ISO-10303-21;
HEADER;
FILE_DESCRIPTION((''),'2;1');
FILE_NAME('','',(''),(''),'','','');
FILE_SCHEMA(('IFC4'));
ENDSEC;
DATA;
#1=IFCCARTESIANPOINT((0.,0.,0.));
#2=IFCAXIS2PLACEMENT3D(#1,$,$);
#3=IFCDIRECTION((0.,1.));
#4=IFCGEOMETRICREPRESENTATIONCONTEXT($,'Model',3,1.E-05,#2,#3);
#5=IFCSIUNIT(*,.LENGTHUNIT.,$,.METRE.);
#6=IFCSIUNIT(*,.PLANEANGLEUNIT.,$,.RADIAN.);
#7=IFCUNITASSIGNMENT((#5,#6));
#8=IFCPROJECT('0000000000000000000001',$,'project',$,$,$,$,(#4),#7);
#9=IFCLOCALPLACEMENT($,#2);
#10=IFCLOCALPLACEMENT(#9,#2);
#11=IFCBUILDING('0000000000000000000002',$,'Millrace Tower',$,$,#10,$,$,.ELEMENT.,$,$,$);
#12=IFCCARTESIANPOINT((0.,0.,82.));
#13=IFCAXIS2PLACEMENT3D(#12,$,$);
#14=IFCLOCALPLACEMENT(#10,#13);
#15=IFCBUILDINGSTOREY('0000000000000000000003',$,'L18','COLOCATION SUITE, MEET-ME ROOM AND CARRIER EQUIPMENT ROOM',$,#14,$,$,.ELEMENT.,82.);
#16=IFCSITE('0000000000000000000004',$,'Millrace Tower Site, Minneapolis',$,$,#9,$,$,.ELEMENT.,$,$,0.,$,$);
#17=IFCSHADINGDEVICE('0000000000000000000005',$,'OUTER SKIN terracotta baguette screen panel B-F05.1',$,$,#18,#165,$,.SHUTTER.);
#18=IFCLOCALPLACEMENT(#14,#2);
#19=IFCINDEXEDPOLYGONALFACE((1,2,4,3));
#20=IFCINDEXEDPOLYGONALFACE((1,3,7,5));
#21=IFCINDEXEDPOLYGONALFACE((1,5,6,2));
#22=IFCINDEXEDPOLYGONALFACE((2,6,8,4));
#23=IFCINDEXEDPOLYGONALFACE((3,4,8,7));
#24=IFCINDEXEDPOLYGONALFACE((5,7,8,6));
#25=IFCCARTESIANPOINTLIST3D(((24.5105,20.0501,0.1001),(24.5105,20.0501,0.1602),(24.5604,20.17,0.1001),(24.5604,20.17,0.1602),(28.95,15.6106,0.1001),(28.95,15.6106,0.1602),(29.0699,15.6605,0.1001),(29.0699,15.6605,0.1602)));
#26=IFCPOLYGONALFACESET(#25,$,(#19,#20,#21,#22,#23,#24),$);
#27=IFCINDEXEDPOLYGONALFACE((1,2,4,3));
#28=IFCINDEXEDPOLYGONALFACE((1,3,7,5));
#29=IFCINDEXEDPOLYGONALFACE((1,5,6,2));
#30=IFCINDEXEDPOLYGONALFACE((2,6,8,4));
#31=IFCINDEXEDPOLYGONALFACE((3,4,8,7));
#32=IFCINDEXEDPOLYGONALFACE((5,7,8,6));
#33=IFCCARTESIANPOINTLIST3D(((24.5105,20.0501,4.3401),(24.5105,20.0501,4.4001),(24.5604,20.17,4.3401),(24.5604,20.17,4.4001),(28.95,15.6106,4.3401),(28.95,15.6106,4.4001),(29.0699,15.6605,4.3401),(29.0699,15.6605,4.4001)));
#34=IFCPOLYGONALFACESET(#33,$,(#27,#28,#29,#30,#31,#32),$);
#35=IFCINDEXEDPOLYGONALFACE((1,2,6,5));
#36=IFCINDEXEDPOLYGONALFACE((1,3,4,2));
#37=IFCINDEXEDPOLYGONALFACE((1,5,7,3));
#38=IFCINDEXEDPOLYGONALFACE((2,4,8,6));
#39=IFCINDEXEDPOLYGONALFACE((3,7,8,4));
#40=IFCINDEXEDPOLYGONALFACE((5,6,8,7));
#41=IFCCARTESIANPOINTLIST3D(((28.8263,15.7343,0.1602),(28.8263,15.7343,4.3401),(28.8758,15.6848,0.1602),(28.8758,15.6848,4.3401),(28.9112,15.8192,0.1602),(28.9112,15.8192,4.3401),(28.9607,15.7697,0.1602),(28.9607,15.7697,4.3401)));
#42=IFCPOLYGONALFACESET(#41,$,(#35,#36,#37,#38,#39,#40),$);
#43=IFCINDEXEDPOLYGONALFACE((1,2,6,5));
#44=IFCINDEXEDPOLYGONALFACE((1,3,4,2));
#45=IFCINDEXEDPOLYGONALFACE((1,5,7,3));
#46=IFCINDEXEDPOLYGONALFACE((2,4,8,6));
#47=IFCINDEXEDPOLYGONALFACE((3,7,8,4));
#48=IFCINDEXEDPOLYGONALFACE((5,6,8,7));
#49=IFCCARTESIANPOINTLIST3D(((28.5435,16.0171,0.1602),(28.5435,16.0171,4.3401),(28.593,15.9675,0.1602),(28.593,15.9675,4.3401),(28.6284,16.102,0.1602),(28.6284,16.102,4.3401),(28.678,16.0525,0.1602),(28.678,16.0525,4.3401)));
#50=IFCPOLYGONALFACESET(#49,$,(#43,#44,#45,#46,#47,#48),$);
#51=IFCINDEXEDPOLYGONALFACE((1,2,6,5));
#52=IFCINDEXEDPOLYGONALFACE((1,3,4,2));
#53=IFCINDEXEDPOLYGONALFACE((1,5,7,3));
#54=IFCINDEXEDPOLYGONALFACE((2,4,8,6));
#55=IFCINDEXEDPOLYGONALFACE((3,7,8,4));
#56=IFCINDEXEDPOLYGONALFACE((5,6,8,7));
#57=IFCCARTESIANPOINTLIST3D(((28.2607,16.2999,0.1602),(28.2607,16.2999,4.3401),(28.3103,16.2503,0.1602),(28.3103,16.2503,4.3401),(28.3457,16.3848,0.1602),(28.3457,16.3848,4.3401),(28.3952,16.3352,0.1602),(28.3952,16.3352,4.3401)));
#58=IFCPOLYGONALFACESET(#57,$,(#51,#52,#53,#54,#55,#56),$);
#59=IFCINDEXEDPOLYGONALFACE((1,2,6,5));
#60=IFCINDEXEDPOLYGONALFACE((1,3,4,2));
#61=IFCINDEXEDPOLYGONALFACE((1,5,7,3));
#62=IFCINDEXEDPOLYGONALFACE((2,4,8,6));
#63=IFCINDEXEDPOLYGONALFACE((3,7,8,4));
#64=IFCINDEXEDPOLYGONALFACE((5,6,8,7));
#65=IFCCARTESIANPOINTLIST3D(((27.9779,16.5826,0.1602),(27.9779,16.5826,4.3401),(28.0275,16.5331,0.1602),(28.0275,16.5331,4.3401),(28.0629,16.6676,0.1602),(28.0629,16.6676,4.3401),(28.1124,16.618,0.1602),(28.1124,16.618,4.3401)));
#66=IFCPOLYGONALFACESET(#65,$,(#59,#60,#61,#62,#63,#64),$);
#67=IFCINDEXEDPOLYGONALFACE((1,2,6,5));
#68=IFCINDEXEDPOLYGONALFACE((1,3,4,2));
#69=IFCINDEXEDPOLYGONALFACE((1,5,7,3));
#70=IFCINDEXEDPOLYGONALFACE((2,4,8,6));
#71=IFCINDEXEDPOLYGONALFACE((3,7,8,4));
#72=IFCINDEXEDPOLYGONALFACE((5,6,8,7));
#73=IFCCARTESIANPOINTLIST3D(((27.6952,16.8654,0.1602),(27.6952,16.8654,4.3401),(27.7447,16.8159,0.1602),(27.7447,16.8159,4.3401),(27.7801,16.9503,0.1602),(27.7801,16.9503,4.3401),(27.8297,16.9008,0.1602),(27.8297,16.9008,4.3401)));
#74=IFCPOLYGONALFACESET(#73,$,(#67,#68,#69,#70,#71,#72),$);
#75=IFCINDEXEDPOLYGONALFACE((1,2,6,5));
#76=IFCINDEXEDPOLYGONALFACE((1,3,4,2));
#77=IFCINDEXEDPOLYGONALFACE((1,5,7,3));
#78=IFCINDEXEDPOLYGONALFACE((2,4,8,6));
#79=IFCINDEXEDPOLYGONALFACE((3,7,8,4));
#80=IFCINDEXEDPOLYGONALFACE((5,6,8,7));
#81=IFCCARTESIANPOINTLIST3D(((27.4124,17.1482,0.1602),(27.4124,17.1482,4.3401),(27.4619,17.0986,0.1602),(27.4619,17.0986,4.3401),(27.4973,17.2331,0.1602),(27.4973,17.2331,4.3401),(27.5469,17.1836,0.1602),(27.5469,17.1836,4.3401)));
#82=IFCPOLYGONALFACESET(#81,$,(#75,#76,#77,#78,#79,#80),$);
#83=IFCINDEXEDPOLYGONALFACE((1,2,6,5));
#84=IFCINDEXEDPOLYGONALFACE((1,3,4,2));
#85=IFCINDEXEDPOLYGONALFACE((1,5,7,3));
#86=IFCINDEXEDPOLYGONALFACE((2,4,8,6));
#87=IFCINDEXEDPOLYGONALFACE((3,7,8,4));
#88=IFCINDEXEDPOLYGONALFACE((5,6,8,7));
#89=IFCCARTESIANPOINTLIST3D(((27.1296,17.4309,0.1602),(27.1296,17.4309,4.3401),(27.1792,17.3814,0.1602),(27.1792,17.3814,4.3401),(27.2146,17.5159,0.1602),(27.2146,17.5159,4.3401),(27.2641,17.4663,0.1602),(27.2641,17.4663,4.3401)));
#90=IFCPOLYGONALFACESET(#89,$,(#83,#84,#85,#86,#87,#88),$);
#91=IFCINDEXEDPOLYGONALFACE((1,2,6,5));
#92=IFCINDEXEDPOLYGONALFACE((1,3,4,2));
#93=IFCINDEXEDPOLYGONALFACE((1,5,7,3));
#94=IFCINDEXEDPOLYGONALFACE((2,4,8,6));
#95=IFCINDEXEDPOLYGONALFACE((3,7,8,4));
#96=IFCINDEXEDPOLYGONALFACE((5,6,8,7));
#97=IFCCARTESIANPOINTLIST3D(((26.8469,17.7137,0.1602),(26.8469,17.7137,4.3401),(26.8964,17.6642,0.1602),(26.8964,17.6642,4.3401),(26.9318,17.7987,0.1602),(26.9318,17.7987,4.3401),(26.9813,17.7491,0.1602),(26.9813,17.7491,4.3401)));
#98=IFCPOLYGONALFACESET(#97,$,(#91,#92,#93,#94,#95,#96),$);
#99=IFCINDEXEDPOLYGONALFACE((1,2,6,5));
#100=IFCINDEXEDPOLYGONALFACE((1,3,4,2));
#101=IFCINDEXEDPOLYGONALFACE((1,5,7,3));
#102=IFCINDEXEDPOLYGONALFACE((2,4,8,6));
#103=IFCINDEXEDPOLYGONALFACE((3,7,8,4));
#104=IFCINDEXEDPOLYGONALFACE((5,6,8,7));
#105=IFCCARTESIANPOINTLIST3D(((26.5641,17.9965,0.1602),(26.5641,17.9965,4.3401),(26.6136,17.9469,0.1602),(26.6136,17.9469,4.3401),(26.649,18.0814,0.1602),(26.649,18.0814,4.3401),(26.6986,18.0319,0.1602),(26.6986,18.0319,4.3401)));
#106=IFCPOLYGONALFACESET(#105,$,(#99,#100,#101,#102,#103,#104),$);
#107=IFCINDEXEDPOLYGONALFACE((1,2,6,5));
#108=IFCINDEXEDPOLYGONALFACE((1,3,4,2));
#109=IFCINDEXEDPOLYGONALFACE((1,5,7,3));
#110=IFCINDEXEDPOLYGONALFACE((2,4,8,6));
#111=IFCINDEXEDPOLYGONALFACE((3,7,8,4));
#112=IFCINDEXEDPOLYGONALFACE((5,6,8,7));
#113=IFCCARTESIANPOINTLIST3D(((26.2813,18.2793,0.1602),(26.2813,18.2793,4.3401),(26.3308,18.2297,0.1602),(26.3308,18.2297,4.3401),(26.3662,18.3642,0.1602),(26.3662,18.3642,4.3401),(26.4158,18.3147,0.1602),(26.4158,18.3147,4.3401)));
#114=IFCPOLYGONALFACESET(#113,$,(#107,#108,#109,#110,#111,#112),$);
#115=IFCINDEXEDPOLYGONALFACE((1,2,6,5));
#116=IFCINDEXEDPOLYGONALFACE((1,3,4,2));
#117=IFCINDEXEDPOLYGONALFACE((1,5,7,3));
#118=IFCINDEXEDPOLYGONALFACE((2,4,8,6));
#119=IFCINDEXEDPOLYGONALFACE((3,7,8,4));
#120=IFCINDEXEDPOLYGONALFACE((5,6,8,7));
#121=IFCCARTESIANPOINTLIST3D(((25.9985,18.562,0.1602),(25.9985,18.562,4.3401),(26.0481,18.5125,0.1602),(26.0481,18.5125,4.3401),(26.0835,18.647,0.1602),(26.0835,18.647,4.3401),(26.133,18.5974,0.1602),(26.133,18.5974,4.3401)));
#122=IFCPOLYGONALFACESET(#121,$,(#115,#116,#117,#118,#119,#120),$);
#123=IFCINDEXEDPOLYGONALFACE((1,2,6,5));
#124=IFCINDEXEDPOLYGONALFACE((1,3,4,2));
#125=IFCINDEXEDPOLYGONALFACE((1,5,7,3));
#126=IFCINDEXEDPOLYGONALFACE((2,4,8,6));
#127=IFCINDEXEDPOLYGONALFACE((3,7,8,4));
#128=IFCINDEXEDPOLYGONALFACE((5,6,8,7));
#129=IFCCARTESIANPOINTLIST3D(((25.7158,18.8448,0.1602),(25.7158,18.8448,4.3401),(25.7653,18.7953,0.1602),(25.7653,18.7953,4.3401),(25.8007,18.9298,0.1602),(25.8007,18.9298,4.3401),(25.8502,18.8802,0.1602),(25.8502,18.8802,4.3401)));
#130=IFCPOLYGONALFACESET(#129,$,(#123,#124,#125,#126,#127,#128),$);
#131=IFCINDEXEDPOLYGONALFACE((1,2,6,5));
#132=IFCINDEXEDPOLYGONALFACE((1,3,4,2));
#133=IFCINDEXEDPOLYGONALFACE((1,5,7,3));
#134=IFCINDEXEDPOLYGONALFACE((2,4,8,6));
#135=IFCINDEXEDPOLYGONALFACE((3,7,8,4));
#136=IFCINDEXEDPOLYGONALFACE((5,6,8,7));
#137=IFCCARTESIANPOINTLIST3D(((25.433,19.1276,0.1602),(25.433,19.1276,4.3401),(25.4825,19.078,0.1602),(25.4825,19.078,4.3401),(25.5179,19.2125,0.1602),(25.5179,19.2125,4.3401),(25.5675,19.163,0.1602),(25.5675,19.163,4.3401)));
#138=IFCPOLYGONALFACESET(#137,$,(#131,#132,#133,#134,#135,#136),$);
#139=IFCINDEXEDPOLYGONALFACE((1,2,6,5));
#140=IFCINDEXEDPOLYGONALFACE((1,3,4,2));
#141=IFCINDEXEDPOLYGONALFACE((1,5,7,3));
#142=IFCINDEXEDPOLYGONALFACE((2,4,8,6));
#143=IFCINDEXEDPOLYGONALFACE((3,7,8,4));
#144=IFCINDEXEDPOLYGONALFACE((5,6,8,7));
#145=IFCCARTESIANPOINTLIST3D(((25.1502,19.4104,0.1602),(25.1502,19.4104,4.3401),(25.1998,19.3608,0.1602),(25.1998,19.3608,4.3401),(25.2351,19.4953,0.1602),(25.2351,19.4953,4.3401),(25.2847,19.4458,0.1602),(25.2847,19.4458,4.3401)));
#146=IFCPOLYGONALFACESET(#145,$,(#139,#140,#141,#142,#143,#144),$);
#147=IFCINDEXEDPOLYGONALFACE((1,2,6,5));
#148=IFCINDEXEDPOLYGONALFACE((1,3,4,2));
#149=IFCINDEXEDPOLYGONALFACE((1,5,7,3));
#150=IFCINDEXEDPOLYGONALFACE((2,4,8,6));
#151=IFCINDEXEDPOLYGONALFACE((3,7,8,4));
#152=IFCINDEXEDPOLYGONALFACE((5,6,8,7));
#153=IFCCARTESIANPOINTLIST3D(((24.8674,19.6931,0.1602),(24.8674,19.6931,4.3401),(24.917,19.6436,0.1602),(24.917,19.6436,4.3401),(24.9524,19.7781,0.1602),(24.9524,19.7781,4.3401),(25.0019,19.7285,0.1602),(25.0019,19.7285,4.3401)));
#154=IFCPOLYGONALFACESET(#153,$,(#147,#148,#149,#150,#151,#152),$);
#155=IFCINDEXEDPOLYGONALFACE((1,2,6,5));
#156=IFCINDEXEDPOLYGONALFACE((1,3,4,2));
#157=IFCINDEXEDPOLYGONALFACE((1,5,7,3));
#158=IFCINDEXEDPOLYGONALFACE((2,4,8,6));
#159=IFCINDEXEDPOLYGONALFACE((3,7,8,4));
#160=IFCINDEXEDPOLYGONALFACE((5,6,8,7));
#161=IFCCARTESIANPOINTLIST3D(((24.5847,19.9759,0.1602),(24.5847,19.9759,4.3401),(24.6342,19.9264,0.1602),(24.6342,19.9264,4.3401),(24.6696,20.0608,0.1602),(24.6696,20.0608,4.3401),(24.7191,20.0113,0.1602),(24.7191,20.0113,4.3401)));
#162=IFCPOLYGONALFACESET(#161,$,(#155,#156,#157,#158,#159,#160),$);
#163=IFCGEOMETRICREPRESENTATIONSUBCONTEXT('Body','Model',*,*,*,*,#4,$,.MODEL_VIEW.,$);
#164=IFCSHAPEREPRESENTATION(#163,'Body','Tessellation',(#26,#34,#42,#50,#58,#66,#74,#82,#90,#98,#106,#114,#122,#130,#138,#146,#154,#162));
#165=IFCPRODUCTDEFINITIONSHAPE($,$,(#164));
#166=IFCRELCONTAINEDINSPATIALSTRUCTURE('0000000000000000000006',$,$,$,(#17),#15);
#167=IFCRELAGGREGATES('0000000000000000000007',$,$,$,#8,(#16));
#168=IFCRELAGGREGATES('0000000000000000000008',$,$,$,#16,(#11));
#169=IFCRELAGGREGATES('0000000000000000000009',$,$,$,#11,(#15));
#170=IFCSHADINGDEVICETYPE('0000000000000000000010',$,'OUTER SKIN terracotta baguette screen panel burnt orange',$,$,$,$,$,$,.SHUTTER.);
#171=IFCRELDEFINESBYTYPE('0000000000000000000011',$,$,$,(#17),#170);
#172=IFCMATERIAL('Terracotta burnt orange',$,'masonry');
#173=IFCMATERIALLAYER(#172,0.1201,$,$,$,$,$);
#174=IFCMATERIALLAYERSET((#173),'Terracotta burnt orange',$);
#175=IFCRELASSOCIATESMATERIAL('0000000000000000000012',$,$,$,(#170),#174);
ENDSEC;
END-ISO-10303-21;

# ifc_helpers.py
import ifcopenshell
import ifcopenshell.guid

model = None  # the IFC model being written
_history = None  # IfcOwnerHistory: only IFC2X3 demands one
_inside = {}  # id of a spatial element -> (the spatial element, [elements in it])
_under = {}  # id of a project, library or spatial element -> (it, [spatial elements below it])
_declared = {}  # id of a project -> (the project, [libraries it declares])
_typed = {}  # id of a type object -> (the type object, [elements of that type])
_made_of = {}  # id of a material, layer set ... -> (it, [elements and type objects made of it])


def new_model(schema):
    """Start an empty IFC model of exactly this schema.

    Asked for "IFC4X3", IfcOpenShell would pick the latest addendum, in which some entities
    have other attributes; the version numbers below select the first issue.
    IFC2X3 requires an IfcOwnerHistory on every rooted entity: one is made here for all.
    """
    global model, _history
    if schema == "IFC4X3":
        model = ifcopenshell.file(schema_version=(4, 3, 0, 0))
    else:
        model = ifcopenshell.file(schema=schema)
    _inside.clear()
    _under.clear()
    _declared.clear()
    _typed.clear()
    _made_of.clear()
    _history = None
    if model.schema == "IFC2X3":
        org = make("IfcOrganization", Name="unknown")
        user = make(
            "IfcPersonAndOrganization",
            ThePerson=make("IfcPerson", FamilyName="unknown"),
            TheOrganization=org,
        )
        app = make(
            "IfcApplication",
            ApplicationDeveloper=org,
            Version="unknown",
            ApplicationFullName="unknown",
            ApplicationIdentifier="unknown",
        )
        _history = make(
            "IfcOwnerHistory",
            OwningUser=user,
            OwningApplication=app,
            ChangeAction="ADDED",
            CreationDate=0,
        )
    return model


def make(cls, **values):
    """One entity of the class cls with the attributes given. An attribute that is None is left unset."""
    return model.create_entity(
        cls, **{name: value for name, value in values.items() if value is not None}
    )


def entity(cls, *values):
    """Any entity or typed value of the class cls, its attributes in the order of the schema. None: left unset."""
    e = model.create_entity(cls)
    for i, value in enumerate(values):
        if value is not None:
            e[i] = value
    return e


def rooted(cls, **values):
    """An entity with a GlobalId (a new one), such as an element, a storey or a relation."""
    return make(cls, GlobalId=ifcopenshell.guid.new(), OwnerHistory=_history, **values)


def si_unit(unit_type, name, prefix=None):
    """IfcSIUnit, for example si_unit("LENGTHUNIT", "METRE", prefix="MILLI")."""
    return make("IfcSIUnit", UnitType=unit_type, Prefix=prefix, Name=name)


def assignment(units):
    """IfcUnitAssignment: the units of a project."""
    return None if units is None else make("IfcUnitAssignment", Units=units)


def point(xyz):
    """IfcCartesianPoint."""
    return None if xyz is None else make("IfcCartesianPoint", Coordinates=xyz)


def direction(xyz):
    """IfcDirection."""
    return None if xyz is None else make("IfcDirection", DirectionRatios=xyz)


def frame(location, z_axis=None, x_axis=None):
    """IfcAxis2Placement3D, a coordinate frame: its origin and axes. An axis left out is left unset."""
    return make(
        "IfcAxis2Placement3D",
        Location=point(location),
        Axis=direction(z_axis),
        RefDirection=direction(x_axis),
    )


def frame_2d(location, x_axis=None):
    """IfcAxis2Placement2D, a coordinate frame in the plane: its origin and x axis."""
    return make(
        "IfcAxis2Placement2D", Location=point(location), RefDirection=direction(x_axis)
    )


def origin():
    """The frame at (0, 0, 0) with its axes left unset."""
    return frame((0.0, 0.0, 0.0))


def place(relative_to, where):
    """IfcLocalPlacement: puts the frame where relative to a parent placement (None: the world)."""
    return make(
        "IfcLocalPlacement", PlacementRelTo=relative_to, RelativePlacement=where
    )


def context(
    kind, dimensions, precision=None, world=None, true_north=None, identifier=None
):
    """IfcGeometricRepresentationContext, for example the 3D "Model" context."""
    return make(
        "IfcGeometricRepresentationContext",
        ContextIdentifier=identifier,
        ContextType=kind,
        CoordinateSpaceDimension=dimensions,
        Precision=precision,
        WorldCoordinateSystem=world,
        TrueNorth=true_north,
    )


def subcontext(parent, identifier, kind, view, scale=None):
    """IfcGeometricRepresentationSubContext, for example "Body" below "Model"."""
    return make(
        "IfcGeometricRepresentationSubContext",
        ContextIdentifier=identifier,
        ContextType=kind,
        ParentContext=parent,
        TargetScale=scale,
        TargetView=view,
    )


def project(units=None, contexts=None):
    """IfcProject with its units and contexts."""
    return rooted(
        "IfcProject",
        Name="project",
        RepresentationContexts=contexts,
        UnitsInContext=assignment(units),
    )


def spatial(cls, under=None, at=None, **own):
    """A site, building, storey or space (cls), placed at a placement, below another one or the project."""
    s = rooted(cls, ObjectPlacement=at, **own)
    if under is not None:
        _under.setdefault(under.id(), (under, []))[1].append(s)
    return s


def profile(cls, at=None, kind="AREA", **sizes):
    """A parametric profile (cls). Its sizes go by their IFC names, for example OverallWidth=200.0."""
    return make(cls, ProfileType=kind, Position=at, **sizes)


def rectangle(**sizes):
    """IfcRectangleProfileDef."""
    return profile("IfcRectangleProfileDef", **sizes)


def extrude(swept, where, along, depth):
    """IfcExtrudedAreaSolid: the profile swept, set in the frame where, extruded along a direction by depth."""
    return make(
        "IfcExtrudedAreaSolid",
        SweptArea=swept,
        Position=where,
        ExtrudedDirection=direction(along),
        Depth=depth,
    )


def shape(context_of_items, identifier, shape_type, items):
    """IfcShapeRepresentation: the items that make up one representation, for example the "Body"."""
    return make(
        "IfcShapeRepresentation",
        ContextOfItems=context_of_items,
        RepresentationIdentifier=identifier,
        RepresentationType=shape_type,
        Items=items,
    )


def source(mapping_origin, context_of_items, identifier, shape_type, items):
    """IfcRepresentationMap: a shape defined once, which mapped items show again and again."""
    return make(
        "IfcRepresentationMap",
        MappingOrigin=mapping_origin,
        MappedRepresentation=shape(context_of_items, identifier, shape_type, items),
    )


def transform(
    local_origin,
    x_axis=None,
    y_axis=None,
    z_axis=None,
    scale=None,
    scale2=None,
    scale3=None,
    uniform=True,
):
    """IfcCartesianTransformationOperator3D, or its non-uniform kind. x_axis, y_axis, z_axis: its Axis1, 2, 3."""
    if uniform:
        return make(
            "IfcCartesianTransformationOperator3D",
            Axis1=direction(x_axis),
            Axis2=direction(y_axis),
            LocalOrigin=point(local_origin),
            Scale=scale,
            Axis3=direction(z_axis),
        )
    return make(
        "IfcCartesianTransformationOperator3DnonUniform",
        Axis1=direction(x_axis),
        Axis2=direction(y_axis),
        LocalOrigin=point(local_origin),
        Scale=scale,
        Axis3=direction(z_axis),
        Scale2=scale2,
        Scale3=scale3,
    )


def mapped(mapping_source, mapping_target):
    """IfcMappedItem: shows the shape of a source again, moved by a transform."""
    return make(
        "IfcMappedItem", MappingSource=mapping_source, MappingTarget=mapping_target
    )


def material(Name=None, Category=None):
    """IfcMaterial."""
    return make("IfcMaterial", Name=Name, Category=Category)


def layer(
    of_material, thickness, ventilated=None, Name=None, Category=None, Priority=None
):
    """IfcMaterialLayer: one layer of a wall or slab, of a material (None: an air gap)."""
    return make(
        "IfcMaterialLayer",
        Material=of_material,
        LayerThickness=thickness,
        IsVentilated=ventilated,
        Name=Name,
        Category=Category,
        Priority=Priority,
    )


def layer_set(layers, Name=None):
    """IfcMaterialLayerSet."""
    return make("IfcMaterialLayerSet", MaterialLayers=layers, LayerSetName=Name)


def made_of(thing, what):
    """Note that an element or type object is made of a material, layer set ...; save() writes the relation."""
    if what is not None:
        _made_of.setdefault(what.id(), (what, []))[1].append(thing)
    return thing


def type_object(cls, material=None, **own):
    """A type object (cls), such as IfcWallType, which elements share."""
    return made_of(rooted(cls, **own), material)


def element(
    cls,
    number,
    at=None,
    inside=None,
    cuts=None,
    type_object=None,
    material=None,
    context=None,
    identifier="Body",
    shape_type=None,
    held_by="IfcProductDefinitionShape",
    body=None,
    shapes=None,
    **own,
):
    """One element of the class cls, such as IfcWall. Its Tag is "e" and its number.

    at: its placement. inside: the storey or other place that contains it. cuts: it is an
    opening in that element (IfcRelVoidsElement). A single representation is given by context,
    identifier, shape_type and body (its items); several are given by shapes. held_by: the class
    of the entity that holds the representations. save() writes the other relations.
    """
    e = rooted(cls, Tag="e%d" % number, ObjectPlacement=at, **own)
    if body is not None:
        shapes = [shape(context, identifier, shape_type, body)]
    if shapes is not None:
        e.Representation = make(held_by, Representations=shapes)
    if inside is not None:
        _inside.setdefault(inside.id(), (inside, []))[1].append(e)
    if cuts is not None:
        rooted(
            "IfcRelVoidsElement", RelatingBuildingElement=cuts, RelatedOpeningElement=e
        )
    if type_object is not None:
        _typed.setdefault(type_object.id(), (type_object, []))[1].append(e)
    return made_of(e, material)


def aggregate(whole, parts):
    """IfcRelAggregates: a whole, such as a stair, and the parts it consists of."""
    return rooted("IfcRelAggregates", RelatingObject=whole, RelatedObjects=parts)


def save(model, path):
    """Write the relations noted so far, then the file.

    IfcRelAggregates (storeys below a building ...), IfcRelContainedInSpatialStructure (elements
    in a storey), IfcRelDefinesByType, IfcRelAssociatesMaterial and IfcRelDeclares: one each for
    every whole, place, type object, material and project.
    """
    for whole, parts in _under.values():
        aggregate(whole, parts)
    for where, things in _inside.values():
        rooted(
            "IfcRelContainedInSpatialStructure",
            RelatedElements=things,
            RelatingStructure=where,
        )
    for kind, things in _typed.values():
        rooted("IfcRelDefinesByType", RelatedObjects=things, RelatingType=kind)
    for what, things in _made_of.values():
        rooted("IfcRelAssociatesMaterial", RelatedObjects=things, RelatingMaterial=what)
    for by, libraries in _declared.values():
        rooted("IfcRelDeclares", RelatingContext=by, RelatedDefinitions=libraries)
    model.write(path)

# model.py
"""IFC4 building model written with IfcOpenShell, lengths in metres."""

from ifc_helpers import new_model, entity, si_unit, direction, frame, frame_2d, origin, place, context, subcontext, project, spatial, rectangle, extrude, source, transform, mapped, material, layer, layer_set, type_object, element, save


model = new_model("IFC4")

# Units and contexts
model_context = context("Model", 3, precision=1e-05, world=origin(), true_north=direction((0.0, 1.0)))
body_context = subcontext(model_context, "Body", "Model", "MODEL_VIEW")
ifc_project = project(units=[si_unit("LENGTHUNIT", "METRE"), si_unit("PLANEANGLEUNIT", "RADIAN")], contexts=[model_context])

# Site, building, storey
site_placement = place(None, origin())
site = spatial("IfcSite", under=ifc_project, at=site_placement, Name="Millrace Tower Site, Minneapolis", CompositionType="ELEMENT", RefElevation=0.0)
building_placement = place(site_placement, origin())
building = spatial("IfcBuilding", under=site, at=building_placement, Name="Millrace Tower", CompositionType="ELEMENT")
storey_placement = place(building_placement, frame((0.0, 0.0, 82.0)))
storey = spatial("IfcBuildingStorey", under=building, at=storey_placement, Name="L18", Description="COLOCATION SUITE, MEET-ME ROOM AND CARRIER EQUIPMENT ROOM", CompositionType="ELEMENT", Elevation=82.0)

# Shading device
ifc_material_1 = material(Name="Terracotta burnt orange", Category="masonry")
ifc_layer_1 = layer(ifc_material_1, 0.1201)
ifc_layer_set_1 = layer_set([ifc_layer_1], Name="Terracotta burnt orange")
shading_device_type = type_object("IfcShadingDeviceType", Name="OUTER SKIN terracotta baguette screen panel burnt orange", PredefinedType="SHUTTER", material=ifc_layer_set_1)
cartesian_point_1 = entity("IfcCartesianPoint", [-3.1392, 0.0601])
shared_polyline_1 = entity("IfcPolyline", [cartesian_point_1, entity("IfcCartesianPoint", [3.1392, 0.0601]), entity("IfcCartesianPoint", [3.1887, -0.0601]), entity("IfcCartesianPoint", [-3.1887, -0.0601]), cartesian_point_1])
shared_shape_1 = source(origin(), body_context, "Body", "SweptSolid", [
    entity("IfcExtrudedAreaSolid", entity("IfcArbitraryClosedProfileDef", "AREA", None, shared_polyline_1), entity("IfcAxis2Placement3D", entity("IfcCartesianPoint", [0.0, 0.0, 0.0])), entity("IfcDirection", [0.0, 0.0, 1.0]), 0.0601),
    entity("IfcExtrudedAreaSolid", entity("IfcArbitraryClosedProfileDef", "AREA", None, shared_polyline_1), entity("IfcAxis2Placement3D", entity("IfcCartesianPoint", [0.0, 0.0, 4.24])), entity("IfcDirection", [0.0, 0.0, 1.0]), 0.0601),
    extrude(rectangle(XDim=0.0701, YDim=0.1201, at=frame_2d((-2.9993, 0.0))), frame((0.0, 0.0, 0.0601)), (0.0, 0.0, 1.0), 4.1799),
    extrude(rectangle(XDim=0.0701, YDim=0.1201, at=frame_2d((-2.5994, 0.0))), frame((0.0, 0.0, 0.0601)), (0.0, 0.0, 1.0), 4.1799),
    extrude(rectangle(XDim=0.0701, YDim=0.1201, at=frame_2d((-2.1995, 0.0))), frame((0.0, 0.0, 0.0601)), (0.0, 0.0, 1.0), 4.1799),
    extrude(rectangle(XDim=0.0701, YDim=0.1201, at=frame_2d((-1.7996, 0.0))), frame((0.0, 0.0, 0.0601)), (0.0, 0.0, 1.0), 4.1799),
    extrude(rectangle(XDim=0.0701, YDim=0.1201, at=frame_2d((-1.3997, 0.0))), frame((0.0, 0.0, 0.0601)), (0.0, 0.0, 1.0), 4.1799),
    extrude(rectangle(XDim=0.0701, YDim=0.1201, at=frame_2d((-0.9998, 0.0))), frame((0.0, 0.0, 0.0601)), (0.0, 0.0, 1.0), 4.1799),
    extrude(rectangle(XDim=0.0701, YDim=0.1201, at=frame_2d((-0.5999, 0.0))), frame((0.0, 0.0, 0.0601)), (0.0, 0.0, 1.0), 4.1799),
    extrude(rectangle(XDim=0.0701, YDim=0.1201, at=frame_2d((-0.2, 0.0))), frame((0.0, 0.0, 0.0601)), (0.0, 0.0, 1.0), 4.1799),
    extrude(rectangle(XDim=0.0701, YDim=0.1201, at=frame_2d((0.2, 0.0))), frame((0.0, 0.0, 0.0601)), (0.0, 0.0, 1.0), 4.1799),
    extrude(rectangle(XDim=0.0701, YDim=0.1201, at=frame_2d((0.5999, 0.0))), frame((0.0, 0.0, 0.0601)), (0.0, 0.0, 1.0), 4.1799),
    extrude(rectangle(XDim=0.0701, YDim=0.1201, at=frame_2d((0.9998, 0.0))), frame((0.0, 0.0, 0.0601)), (0.0, 0.0, 1.0), 4.1799),
    extrude(rectangle(XDim=0.0701, YDim=0.1201, at=frame_2d((1.3997, 0.0))), frame((0.0, 0.0, 0.0601)), (0.0, 0.0, 1.0), 4.1799),
    extrude(rectangle(XDim=0.0701, YDim=0.1201, at=frame_2d((1.7996, 0.0))), frame((0.0, 0.0, 0.0601)), (0.0, 0.0, 1.0), 4.1799),
    extrude(rectangle(XDim=0.0701, YDim=0.1201, at=frame_2d((2.1995, 0.0))), frame((0.0, 0.0, 0.0601)), (0.0, 0.0, 1.0), 4.1799),
    extrude(rectangle(XDim=0.0701, YDim=0.1201, at=frame_2d((2.5994, 0.0))), frame((0.0, 0.0, 0.0601)), (0.0, 0.0, 1.0), 4.1799),
    extrude(rectangle(XDim=0.0701, YDim=0.1201, at=frame_2d((2.9993, 0.0))), frame((0.0, 0.0, 0.0601)), (0.0, 0.0, 1.0), 4.1799),
])
shading_device_1_placement = place(storey_placement, frame((26.7727, 17.8728, 0.1001), z_axis=(0.0, 0.0, 1.0), x_axis=(-0.707107, 0.707107, 0.0)))
element("IfcShadingDevice", 1, at=shading_device_1_placement, inside=storey, type_object=shading_device_type, Name="OUTER SKIN terracotta baguette screen panel B-F05.1", PredefinedType="SHUTTER", context=body_context, shape_type="MappedRepresentation", body=[
    mapped(shared_shape_1, transform((0.0, 0.0, 0.0), scale=1.0)),
])

save(model, "model.ifc")
